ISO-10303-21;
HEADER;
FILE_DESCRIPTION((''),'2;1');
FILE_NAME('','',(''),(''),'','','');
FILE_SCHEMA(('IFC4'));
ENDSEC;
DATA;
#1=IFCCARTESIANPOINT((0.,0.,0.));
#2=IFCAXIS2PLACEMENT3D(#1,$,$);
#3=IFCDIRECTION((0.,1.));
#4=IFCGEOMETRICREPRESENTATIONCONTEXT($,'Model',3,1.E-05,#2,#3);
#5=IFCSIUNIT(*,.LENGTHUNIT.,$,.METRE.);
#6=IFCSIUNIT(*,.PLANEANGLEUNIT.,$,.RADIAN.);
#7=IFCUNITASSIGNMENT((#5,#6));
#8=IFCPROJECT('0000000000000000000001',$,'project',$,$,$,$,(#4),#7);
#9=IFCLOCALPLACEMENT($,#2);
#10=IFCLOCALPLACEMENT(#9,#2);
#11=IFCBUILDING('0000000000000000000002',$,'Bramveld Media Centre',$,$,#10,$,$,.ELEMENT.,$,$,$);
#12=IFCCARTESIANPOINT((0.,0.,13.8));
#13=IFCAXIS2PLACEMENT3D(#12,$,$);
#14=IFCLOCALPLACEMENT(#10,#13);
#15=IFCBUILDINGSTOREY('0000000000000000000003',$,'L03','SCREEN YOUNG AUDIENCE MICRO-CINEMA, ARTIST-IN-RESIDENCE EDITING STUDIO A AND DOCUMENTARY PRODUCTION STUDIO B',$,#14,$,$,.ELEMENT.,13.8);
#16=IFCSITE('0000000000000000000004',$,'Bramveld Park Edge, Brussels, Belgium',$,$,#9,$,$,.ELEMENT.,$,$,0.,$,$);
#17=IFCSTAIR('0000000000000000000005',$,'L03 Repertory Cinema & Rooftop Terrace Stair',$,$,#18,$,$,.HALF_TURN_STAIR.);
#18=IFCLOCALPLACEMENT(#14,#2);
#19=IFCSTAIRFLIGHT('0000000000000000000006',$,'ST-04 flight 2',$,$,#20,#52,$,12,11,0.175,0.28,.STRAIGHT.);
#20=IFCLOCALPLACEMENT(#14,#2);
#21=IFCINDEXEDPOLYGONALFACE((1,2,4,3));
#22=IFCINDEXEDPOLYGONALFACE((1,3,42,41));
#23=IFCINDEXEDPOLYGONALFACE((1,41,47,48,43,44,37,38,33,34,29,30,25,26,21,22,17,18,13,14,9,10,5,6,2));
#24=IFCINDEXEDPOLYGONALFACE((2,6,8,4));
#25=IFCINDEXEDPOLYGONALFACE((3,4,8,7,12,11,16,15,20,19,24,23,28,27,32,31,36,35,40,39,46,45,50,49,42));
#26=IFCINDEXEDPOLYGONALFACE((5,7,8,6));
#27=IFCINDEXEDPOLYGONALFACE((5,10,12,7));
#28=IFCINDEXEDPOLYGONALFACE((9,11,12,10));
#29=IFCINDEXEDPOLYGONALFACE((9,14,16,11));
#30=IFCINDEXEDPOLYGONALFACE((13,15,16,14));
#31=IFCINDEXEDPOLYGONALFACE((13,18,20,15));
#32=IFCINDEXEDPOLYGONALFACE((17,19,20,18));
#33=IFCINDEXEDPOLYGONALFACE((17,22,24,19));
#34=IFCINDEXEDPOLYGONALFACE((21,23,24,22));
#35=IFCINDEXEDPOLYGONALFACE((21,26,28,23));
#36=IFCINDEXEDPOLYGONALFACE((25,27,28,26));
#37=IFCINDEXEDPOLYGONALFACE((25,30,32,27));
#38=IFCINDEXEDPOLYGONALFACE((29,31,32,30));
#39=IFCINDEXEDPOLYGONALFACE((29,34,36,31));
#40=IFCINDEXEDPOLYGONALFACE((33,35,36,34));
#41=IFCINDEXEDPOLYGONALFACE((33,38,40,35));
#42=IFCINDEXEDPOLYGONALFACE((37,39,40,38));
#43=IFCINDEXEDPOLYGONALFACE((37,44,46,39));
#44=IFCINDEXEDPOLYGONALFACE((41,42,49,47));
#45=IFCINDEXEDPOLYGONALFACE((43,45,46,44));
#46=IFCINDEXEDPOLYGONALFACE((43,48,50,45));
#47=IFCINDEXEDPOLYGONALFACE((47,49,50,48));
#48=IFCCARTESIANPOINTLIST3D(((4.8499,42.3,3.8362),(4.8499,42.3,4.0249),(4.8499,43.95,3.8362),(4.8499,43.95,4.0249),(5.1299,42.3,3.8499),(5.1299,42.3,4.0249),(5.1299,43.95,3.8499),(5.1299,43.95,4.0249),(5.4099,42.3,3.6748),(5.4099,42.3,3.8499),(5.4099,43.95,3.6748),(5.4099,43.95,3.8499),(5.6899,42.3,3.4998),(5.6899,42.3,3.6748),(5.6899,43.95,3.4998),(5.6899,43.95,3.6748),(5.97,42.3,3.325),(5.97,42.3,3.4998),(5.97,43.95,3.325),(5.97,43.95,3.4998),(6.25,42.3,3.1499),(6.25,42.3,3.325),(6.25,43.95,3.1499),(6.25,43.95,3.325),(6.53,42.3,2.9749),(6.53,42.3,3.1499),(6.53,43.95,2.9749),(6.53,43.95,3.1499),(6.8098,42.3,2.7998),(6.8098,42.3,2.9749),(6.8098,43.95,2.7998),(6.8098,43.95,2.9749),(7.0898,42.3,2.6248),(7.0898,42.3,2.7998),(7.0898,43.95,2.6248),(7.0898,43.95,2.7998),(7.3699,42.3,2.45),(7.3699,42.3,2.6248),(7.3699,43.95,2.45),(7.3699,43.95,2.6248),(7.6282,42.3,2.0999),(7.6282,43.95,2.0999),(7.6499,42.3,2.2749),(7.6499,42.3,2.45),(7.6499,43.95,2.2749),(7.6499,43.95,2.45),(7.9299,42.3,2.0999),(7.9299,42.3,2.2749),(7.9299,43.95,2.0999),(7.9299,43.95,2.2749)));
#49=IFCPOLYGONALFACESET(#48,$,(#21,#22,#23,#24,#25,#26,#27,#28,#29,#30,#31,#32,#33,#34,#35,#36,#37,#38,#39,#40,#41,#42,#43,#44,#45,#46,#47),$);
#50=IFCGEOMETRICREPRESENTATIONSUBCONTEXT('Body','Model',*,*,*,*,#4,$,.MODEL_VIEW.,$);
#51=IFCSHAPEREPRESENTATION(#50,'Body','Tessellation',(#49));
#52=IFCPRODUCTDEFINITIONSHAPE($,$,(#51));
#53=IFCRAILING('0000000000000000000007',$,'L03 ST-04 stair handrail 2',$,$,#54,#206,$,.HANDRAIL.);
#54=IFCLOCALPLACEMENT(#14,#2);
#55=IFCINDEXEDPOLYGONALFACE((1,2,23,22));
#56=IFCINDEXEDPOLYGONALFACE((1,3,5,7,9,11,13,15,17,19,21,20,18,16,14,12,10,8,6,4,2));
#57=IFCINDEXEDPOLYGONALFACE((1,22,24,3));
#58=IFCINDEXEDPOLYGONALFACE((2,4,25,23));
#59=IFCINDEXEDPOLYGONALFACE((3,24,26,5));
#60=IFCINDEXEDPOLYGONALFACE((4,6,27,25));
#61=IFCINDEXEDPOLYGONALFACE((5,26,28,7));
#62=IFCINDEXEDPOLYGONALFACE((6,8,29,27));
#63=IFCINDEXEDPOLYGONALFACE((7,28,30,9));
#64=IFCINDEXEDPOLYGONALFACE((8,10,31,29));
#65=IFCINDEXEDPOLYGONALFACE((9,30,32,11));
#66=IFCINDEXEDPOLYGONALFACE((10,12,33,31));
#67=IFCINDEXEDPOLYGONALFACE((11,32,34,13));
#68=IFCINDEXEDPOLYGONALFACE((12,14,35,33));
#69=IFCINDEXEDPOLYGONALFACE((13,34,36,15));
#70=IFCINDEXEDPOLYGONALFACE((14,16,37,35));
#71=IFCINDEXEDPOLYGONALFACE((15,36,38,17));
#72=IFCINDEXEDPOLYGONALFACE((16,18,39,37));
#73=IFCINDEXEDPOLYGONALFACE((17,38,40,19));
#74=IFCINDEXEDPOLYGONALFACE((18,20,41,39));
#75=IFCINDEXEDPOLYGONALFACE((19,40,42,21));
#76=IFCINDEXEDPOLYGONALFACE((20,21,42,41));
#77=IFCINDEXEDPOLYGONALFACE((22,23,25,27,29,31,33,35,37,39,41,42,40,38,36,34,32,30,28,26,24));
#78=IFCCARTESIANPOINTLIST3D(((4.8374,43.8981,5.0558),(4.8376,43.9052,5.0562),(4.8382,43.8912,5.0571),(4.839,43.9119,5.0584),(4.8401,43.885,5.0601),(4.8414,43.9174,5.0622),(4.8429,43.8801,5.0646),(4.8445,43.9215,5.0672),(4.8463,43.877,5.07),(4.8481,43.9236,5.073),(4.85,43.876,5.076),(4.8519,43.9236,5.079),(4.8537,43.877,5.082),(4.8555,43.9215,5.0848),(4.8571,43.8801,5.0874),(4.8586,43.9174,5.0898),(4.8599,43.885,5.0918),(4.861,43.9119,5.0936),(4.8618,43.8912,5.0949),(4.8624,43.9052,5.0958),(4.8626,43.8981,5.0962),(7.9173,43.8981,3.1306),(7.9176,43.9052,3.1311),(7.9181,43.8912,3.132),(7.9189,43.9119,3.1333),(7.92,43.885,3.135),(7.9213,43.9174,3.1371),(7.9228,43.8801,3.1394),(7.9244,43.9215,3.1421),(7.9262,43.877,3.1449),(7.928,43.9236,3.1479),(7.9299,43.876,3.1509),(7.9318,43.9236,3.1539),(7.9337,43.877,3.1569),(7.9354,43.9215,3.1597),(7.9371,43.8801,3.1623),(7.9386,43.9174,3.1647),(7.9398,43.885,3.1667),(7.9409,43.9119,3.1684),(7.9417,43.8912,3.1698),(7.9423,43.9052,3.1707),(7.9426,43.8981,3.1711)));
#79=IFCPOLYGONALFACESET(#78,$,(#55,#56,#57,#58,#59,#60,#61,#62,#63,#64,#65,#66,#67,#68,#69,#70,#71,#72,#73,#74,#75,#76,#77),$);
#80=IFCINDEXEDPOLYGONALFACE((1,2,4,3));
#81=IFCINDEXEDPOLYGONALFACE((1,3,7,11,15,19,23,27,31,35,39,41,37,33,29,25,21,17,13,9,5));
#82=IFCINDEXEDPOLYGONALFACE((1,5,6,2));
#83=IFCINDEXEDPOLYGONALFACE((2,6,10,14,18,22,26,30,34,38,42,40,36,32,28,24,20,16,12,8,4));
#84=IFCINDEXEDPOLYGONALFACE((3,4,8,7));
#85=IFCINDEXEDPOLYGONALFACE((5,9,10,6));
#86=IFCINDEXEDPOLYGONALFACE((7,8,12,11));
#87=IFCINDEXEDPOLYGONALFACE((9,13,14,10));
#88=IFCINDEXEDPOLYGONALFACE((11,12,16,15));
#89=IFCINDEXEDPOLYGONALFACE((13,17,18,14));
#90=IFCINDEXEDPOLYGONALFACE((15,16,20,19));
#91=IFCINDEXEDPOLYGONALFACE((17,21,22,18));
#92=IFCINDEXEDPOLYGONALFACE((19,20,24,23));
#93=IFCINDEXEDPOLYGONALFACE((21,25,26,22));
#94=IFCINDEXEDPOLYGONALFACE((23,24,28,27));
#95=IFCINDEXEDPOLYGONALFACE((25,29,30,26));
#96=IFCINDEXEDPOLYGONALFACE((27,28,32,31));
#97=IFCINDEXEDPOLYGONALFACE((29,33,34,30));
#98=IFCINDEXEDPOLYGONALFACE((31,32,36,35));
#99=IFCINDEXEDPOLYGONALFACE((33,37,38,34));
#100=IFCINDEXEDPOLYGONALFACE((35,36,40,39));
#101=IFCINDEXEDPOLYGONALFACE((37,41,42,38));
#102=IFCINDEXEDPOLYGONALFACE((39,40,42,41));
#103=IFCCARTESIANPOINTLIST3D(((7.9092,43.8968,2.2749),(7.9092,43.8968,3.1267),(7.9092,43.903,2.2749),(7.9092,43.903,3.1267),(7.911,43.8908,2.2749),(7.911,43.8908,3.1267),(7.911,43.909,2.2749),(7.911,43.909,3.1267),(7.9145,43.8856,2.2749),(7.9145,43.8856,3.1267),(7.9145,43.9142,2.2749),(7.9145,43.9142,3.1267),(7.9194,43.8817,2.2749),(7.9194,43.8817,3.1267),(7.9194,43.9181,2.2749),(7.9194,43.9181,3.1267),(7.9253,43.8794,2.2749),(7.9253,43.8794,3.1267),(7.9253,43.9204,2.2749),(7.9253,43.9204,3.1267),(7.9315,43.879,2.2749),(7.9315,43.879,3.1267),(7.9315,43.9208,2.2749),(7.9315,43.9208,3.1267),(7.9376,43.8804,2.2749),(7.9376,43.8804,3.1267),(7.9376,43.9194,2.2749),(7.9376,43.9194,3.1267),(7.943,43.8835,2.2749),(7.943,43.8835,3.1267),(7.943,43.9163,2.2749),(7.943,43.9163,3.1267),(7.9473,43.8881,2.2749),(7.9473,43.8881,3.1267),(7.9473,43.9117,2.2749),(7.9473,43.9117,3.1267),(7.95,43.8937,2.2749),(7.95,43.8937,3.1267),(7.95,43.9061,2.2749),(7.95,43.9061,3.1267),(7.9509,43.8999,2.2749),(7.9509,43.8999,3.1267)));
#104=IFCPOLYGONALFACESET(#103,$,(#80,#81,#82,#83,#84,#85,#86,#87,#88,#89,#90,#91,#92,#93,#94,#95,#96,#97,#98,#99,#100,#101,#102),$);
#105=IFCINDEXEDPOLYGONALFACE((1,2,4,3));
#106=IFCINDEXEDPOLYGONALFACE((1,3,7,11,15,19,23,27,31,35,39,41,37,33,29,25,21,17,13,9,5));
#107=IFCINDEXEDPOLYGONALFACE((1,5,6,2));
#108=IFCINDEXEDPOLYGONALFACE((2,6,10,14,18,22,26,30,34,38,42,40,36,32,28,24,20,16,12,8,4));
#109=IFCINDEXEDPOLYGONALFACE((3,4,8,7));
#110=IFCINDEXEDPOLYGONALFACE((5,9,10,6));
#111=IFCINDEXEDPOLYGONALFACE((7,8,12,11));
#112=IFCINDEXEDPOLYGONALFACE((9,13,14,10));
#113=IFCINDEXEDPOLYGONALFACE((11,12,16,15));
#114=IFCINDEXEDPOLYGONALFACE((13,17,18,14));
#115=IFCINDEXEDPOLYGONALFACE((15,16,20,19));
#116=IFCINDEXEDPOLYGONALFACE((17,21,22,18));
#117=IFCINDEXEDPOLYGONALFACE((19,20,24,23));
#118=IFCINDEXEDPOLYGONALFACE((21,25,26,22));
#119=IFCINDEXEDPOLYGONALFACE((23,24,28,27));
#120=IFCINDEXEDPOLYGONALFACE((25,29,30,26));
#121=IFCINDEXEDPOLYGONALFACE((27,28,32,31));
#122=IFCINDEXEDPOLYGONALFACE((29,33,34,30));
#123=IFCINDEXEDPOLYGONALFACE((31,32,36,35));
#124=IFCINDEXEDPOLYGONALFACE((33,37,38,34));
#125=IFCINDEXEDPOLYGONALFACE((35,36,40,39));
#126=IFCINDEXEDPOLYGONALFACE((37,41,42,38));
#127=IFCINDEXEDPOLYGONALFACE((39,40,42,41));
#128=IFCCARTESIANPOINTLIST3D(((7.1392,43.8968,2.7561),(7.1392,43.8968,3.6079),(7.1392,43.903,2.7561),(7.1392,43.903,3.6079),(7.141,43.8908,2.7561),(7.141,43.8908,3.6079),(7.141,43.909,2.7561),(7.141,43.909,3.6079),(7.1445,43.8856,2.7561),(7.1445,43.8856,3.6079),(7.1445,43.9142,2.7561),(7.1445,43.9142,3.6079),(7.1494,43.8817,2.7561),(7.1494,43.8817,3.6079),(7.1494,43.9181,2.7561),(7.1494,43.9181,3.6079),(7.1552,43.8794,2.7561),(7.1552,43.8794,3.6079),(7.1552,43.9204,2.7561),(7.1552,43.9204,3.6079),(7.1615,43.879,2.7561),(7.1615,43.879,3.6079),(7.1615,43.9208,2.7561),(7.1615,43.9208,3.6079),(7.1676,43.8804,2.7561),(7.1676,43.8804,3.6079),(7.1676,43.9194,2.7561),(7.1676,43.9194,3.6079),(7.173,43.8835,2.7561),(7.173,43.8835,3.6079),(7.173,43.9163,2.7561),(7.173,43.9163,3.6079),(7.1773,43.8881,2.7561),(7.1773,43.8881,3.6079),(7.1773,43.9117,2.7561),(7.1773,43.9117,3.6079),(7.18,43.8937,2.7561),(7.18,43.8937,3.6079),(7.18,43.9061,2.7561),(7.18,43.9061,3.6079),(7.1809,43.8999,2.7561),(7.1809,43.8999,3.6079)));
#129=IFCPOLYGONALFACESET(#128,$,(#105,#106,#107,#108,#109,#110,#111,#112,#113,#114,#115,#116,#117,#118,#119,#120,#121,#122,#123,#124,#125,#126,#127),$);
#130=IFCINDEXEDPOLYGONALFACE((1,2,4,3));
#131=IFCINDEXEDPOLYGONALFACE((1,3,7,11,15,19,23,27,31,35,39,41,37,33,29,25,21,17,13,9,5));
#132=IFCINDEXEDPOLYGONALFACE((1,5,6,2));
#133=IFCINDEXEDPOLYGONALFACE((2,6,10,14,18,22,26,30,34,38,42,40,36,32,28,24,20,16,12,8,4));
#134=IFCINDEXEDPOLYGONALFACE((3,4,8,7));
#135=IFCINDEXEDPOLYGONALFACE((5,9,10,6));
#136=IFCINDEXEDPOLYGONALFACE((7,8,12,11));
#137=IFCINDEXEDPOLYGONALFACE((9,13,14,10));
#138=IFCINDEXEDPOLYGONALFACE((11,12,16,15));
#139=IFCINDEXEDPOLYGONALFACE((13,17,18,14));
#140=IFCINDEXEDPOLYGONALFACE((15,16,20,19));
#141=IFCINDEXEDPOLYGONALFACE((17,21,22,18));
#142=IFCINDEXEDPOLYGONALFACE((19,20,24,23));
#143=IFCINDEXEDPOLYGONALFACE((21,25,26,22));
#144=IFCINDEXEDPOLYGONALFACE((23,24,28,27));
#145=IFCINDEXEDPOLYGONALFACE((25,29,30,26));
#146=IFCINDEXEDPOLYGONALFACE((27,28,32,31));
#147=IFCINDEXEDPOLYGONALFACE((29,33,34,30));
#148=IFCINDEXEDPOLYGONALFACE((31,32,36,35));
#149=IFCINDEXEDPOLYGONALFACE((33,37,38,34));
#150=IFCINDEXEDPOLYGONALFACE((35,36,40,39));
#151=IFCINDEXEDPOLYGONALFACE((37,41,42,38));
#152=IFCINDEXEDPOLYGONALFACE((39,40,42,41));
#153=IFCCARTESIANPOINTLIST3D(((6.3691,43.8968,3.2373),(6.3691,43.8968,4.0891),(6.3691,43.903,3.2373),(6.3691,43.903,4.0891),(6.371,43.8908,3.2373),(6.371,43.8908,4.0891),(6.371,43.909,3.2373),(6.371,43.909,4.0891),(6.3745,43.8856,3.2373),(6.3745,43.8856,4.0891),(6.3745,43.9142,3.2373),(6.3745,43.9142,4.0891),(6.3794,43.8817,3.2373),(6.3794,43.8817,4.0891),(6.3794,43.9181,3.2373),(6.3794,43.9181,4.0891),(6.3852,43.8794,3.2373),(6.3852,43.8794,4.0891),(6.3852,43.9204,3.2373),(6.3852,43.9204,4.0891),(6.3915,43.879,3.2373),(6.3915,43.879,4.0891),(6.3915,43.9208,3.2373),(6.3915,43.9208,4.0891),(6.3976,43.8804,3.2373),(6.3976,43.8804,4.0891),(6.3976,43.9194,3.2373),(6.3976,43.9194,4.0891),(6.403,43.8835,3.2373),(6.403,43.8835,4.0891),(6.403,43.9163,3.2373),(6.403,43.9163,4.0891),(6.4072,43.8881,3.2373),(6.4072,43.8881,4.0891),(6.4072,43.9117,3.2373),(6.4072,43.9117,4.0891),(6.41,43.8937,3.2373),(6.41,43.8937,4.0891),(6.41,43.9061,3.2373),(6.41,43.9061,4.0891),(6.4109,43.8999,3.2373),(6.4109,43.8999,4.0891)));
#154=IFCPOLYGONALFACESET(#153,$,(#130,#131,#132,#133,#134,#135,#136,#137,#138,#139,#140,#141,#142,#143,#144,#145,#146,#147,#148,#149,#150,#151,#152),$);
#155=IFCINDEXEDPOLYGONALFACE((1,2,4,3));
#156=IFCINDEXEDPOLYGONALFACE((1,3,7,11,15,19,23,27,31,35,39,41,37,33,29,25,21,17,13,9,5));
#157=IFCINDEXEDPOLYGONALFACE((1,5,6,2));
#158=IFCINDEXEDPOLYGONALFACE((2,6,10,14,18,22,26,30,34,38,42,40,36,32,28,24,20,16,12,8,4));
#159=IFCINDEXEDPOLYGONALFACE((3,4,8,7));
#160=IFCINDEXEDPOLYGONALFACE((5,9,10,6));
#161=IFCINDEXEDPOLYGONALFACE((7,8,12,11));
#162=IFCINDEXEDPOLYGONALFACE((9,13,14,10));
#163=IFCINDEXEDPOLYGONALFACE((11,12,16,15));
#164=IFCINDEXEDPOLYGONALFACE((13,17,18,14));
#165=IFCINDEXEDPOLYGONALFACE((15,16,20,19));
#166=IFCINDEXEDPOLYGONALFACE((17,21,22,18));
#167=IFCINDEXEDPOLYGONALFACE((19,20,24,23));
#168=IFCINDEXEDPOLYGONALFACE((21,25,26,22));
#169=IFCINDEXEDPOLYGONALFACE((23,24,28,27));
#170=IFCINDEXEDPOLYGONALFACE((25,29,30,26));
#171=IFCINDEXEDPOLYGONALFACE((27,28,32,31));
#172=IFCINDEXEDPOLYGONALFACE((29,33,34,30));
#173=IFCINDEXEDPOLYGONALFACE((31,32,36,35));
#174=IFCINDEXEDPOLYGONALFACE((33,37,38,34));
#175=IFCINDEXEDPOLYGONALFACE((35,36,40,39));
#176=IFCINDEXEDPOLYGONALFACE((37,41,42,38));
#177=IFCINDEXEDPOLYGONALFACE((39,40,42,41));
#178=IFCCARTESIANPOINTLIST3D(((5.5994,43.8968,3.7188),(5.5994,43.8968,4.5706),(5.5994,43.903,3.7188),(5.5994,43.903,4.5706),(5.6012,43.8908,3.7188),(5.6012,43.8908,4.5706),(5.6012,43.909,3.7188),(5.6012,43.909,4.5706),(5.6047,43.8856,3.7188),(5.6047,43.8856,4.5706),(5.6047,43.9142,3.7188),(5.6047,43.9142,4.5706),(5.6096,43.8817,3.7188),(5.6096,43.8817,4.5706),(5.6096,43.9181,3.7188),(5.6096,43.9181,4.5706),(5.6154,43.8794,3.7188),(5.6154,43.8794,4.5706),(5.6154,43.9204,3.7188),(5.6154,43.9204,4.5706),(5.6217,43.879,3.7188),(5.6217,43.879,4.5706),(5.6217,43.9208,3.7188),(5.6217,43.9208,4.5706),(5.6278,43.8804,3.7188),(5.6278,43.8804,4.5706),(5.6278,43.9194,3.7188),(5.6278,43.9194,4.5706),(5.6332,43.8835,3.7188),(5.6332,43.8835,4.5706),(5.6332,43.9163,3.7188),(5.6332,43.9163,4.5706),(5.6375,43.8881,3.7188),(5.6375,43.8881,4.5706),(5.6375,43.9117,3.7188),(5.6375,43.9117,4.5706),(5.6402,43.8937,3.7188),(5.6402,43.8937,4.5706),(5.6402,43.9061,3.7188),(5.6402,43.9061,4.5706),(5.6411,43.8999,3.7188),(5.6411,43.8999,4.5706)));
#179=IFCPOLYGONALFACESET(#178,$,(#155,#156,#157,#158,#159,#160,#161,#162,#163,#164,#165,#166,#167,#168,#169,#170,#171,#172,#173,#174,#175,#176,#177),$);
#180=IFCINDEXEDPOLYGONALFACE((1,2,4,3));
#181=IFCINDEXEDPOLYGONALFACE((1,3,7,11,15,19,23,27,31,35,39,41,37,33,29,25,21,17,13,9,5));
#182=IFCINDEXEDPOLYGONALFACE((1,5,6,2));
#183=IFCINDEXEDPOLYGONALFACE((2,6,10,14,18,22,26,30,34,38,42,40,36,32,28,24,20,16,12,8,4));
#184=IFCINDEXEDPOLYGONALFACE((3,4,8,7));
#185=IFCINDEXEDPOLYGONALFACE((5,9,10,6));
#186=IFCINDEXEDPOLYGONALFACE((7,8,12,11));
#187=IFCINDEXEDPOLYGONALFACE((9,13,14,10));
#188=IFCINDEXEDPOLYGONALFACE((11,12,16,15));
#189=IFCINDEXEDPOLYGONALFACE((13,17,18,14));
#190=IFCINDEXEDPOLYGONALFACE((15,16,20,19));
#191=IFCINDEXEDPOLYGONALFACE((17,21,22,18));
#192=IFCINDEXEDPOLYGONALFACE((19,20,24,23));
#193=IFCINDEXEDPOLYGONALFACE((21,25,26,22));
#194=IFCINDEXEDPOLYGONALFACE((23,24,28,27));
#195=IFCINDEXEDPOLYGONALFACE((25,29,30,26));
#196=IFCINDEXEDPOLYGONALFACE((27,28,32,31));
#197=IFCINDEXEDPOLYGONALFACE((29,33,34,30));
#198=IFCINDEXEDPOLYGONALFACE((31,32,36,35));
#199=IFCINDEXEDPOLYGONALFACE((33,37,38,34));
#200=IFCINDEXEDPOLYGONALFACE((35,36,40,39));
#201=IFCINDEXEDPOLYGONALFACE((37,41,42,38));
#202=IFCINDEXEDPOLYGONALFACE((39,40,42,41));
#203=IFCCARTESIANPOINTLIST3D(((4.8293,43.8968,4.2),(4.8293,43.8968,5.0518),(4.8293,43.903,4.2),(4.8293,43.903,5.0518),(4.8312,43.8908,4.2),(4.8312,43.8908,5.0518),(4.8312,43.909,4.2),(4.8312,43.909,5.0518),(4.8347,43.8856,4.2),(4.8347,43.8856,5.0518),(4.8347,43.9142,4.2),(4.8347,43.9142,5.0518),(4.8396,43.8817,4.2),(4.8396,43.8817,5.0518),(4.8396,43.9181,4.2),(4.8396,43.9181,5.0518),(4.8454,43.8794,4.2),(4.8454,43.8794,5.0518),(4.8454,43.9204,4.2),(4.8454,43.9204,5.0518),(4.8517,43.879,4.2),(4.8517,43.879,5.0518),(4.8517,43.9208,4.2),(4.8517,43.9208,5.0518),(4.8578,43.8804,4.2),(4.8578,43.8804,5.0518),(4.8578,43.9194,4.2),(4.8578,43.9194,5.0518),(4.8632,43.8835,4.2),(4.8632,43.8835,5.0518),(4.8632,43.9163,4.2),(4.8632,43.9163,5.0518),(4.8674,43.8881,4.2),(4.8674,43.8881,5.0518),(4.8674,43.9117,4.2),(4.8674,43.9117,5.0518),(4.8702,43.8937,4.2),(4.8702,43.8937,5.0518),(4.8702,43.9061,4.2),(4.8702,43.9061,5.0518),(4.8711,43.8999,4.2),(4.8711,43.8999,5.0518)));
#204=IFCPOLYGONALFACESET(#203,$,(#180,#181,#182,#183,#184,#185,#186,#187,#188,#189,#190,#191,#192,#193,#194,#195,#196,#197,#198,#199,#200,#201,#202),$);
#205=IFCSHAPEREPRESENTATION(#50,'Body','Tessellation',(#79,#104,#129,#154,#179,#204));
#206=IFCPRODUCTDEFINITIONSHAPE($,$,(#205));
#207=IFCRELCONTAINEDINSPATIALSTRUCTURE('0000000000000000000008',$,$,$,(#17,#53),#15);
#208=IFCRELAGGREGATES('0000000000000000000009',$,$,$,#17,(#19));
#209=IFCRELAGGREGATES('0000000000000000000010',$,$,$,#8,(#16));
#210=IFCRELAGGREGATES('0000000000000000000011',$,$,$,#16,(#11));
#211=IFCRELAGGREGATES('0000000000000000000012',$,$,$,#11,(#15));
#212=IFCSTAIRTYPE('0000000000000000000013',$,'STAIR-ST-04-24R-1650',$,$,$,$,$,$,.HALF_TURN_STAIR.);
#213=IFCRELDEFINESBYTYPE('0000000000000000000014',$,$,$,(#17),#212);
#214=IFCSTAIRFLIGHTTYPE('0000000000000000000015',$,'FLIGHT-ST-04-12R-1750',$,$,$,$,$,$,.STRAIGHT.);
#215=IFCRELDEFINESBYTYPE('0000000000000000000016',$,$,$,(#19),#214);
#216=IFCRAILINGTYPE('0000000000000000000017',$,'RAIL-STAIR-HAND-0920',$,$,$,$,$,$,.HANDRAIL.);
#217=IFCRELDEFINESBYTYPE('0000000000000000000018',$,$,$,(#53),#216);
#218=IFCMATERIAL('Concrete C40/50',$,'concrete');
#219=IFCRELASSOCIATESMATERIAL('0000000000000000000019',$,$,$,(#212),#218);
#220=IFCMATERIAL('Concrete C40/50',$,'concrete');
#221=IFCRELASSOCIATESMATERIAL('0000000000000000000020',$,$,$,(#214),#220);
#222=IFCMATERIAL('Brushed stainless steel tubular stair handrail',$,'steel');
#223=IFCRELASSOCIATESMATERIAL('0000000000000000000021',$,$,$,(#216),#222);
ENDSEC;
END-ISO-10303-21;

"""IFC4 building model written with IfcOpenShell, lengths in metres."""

from ifc_helpers import new_model, si_unit, direction, frame, origin, origin_2d, place, context, subcontext, project, spatial, polyline, circle, outline, extrude, material, type_object, element, aggregate, save


model = new_model("IFC4")

# Units and contexts
model_context = context("Model", 3, precision=1e-05, world=origin(), true_north=direction((0.0, 1.0)))
body_context = subcontext(model_context, "Body", "Model", "MODEL_VIEW")
ifc_project = project(units=[si_unit("LENGTHUNIT", "METRE"), si_unit("PLANEANGLEUNIT", "RADIAN")], contexts=[model_context])

# Site, building, storey
site_placement = place(None, origin())
site = spatial("IfcSite", under=ifc_project, at=site_placement, Name="Bramveld Park Edge, Brussels, Belgium", CompositionType="ELEMENT", RefElevation=0.0)
building_placement = place(site_placement, origin())
building = spatial("IfcBuilding", under=site, at=building_placement, Name="Bramveld Media Centre", CompositionType="ELEMENT")
storey_placement = place(building_placement, frame((0.0, 0.0, 13.8)))
storey = spatial("IfcBuildingStorey", under=building, at=storey_placement, Name="L03", Description="SCREEN YOUNG AUDIENCE MICRO-CINEMA, ARTIST-IN-RESIDENCE EDITING STUDIO A AND DOCUMENTARY PRODUCTION STUDIO B", CompositionType="ELEMENT", Elevation=13.8)

# Stair, stair flight
ifc_material_1 = material(Name="Concrete C40/50", Category="concrete")
stair_type = type_object("IfcStairType", Name="STAIR-ST-04-24R-1650", PredefinedType="HALF_TURN_STAIR", material=ifc_material_1)
stair_placement = place(storey_placement, origin())
stair = element("IfcStair", 1, at=stair_placement, inside=storey, type_object=stair_type, Name="L03 Repertory Cinema & Rooftop Terrace Stair", PredefinedType="HALF_TURN_STAIR")
ifc_material_2 = material(Name="Concrete C40/50", Category="concrete")
stair_flight_type = type_object("IfcStairFlightType", Name="FLIGHT-ST-04-12R-1750", PredefinedType="STRAIGHT", material=ifc_material_2)
stair_flight_placement = place(storey_placement, frame((7.9299, 43.125, 2.0999), z_axis=(0.0, 0.0, 1.0), x_axis=(-1.0, 0.0, 0.0)))
stair_flight = element("IfcStairFlight", 2, at=stair_flight_placement, type_object=stair_flight_type, Name="ST-04 flight 2", NumberOfRisers=12, NumberOfTreads=11, PredefinedType="STRAIGHT", RiserHeight=0.175, TreadLength=0.28, context=body_context, shape_type="SweptSolid", body=[
    extrude(outline(polyline([(0.0, 0.0), (0.0, 0.175), (0.28, 0.175), (0.28, 0.3501), (0.5601, 0.3501), (0.5601, 0.5249), (0.8401, 0.5249), (0.8401, 0.7), (1.1201, 0.7), (1.1201, 0.875), (1.3999, 0.875), (1.3999, 1.05), (1.6799, 1.05), (1.6799, 1.2251), (1.96, 1.2251), (1.96, 1.3999), (2.24, 1.3999), (2.24, 1.575), (2.52, 1.575), (2.52, 1.75), (2.8, 1.75), (2.8, 1.925), (3.0801, 1.925), (3.0801, 2.1001), (3.0801, 1.7363), (0.3018, 0.0), (0.0, 0.0)])), frame((0.0, 0.825, 0.0), z_axis=(0.0, -1.0, 0.0), x_axis=(1.0, 0.0, 0.0)), (0.0, 0.0, 1.0), 1.6499),
])
aggregate(stair, [stair_flight])

# Railing
ifc_material_3 = material(Name="Brushed stainless steel tubular stair handrail", Category="steel")
railing_type = type_object("IfcRailingType", Name="RAIL-STAIR-HAND-0920", PredefinedType="HANDRAIL", material=ifc_material_3)
railing_placement = place(storey_placement, frame((7.9299, 43.8999, 2.2749)))
element("IfcRailing", 3, at=railing_placement, inside=storey, type_object=railing_type, Name="L03 ST-04 stair handrail 2", PredefinedType="HANDRAIL", context=body_context, shape_type="SweptSolid", body=[
    extrude(circle(Radius=0.0239, at=origin_2d()), frame((0.0, 0.0, 0.876), z_axis=(-0.847979, 0.0, 0.530029), x_axis=(0.0, -1.0, 0.0)), (0.0, 0.0, 1.0), 3.6321),
    extrude(circle(Radius=0.021, at=origin_2d()), origin(), (0.0, 0.0, 1.0), 0.8518),
    extrude(circle(Radius=0.021, at=origin_2d()), frame((-0.77, 0.0, 0.4812)), (0.0, 0.0, 1.0), 0.8518),
    extrude(circle(Radius=0.021, at=origin_2d()), frame((-1.54, 0.0, 0.9624)), (0.0, 0.0, 1.0), 0.8518),
    extrude(circle(Radius=0.021, at=origin_2d()), frame((-2.3098, 0.0, 1.4438)), (0.0, 0.0, 1.0), 0.8518),
    extrude(circle(Radius=0.021, at=origin_2d()), frame((-3.0798, 0.0, 1.925)), (0.0, 0.0, 1.0), 0.8518),
])

save(model, "model.ifc")
